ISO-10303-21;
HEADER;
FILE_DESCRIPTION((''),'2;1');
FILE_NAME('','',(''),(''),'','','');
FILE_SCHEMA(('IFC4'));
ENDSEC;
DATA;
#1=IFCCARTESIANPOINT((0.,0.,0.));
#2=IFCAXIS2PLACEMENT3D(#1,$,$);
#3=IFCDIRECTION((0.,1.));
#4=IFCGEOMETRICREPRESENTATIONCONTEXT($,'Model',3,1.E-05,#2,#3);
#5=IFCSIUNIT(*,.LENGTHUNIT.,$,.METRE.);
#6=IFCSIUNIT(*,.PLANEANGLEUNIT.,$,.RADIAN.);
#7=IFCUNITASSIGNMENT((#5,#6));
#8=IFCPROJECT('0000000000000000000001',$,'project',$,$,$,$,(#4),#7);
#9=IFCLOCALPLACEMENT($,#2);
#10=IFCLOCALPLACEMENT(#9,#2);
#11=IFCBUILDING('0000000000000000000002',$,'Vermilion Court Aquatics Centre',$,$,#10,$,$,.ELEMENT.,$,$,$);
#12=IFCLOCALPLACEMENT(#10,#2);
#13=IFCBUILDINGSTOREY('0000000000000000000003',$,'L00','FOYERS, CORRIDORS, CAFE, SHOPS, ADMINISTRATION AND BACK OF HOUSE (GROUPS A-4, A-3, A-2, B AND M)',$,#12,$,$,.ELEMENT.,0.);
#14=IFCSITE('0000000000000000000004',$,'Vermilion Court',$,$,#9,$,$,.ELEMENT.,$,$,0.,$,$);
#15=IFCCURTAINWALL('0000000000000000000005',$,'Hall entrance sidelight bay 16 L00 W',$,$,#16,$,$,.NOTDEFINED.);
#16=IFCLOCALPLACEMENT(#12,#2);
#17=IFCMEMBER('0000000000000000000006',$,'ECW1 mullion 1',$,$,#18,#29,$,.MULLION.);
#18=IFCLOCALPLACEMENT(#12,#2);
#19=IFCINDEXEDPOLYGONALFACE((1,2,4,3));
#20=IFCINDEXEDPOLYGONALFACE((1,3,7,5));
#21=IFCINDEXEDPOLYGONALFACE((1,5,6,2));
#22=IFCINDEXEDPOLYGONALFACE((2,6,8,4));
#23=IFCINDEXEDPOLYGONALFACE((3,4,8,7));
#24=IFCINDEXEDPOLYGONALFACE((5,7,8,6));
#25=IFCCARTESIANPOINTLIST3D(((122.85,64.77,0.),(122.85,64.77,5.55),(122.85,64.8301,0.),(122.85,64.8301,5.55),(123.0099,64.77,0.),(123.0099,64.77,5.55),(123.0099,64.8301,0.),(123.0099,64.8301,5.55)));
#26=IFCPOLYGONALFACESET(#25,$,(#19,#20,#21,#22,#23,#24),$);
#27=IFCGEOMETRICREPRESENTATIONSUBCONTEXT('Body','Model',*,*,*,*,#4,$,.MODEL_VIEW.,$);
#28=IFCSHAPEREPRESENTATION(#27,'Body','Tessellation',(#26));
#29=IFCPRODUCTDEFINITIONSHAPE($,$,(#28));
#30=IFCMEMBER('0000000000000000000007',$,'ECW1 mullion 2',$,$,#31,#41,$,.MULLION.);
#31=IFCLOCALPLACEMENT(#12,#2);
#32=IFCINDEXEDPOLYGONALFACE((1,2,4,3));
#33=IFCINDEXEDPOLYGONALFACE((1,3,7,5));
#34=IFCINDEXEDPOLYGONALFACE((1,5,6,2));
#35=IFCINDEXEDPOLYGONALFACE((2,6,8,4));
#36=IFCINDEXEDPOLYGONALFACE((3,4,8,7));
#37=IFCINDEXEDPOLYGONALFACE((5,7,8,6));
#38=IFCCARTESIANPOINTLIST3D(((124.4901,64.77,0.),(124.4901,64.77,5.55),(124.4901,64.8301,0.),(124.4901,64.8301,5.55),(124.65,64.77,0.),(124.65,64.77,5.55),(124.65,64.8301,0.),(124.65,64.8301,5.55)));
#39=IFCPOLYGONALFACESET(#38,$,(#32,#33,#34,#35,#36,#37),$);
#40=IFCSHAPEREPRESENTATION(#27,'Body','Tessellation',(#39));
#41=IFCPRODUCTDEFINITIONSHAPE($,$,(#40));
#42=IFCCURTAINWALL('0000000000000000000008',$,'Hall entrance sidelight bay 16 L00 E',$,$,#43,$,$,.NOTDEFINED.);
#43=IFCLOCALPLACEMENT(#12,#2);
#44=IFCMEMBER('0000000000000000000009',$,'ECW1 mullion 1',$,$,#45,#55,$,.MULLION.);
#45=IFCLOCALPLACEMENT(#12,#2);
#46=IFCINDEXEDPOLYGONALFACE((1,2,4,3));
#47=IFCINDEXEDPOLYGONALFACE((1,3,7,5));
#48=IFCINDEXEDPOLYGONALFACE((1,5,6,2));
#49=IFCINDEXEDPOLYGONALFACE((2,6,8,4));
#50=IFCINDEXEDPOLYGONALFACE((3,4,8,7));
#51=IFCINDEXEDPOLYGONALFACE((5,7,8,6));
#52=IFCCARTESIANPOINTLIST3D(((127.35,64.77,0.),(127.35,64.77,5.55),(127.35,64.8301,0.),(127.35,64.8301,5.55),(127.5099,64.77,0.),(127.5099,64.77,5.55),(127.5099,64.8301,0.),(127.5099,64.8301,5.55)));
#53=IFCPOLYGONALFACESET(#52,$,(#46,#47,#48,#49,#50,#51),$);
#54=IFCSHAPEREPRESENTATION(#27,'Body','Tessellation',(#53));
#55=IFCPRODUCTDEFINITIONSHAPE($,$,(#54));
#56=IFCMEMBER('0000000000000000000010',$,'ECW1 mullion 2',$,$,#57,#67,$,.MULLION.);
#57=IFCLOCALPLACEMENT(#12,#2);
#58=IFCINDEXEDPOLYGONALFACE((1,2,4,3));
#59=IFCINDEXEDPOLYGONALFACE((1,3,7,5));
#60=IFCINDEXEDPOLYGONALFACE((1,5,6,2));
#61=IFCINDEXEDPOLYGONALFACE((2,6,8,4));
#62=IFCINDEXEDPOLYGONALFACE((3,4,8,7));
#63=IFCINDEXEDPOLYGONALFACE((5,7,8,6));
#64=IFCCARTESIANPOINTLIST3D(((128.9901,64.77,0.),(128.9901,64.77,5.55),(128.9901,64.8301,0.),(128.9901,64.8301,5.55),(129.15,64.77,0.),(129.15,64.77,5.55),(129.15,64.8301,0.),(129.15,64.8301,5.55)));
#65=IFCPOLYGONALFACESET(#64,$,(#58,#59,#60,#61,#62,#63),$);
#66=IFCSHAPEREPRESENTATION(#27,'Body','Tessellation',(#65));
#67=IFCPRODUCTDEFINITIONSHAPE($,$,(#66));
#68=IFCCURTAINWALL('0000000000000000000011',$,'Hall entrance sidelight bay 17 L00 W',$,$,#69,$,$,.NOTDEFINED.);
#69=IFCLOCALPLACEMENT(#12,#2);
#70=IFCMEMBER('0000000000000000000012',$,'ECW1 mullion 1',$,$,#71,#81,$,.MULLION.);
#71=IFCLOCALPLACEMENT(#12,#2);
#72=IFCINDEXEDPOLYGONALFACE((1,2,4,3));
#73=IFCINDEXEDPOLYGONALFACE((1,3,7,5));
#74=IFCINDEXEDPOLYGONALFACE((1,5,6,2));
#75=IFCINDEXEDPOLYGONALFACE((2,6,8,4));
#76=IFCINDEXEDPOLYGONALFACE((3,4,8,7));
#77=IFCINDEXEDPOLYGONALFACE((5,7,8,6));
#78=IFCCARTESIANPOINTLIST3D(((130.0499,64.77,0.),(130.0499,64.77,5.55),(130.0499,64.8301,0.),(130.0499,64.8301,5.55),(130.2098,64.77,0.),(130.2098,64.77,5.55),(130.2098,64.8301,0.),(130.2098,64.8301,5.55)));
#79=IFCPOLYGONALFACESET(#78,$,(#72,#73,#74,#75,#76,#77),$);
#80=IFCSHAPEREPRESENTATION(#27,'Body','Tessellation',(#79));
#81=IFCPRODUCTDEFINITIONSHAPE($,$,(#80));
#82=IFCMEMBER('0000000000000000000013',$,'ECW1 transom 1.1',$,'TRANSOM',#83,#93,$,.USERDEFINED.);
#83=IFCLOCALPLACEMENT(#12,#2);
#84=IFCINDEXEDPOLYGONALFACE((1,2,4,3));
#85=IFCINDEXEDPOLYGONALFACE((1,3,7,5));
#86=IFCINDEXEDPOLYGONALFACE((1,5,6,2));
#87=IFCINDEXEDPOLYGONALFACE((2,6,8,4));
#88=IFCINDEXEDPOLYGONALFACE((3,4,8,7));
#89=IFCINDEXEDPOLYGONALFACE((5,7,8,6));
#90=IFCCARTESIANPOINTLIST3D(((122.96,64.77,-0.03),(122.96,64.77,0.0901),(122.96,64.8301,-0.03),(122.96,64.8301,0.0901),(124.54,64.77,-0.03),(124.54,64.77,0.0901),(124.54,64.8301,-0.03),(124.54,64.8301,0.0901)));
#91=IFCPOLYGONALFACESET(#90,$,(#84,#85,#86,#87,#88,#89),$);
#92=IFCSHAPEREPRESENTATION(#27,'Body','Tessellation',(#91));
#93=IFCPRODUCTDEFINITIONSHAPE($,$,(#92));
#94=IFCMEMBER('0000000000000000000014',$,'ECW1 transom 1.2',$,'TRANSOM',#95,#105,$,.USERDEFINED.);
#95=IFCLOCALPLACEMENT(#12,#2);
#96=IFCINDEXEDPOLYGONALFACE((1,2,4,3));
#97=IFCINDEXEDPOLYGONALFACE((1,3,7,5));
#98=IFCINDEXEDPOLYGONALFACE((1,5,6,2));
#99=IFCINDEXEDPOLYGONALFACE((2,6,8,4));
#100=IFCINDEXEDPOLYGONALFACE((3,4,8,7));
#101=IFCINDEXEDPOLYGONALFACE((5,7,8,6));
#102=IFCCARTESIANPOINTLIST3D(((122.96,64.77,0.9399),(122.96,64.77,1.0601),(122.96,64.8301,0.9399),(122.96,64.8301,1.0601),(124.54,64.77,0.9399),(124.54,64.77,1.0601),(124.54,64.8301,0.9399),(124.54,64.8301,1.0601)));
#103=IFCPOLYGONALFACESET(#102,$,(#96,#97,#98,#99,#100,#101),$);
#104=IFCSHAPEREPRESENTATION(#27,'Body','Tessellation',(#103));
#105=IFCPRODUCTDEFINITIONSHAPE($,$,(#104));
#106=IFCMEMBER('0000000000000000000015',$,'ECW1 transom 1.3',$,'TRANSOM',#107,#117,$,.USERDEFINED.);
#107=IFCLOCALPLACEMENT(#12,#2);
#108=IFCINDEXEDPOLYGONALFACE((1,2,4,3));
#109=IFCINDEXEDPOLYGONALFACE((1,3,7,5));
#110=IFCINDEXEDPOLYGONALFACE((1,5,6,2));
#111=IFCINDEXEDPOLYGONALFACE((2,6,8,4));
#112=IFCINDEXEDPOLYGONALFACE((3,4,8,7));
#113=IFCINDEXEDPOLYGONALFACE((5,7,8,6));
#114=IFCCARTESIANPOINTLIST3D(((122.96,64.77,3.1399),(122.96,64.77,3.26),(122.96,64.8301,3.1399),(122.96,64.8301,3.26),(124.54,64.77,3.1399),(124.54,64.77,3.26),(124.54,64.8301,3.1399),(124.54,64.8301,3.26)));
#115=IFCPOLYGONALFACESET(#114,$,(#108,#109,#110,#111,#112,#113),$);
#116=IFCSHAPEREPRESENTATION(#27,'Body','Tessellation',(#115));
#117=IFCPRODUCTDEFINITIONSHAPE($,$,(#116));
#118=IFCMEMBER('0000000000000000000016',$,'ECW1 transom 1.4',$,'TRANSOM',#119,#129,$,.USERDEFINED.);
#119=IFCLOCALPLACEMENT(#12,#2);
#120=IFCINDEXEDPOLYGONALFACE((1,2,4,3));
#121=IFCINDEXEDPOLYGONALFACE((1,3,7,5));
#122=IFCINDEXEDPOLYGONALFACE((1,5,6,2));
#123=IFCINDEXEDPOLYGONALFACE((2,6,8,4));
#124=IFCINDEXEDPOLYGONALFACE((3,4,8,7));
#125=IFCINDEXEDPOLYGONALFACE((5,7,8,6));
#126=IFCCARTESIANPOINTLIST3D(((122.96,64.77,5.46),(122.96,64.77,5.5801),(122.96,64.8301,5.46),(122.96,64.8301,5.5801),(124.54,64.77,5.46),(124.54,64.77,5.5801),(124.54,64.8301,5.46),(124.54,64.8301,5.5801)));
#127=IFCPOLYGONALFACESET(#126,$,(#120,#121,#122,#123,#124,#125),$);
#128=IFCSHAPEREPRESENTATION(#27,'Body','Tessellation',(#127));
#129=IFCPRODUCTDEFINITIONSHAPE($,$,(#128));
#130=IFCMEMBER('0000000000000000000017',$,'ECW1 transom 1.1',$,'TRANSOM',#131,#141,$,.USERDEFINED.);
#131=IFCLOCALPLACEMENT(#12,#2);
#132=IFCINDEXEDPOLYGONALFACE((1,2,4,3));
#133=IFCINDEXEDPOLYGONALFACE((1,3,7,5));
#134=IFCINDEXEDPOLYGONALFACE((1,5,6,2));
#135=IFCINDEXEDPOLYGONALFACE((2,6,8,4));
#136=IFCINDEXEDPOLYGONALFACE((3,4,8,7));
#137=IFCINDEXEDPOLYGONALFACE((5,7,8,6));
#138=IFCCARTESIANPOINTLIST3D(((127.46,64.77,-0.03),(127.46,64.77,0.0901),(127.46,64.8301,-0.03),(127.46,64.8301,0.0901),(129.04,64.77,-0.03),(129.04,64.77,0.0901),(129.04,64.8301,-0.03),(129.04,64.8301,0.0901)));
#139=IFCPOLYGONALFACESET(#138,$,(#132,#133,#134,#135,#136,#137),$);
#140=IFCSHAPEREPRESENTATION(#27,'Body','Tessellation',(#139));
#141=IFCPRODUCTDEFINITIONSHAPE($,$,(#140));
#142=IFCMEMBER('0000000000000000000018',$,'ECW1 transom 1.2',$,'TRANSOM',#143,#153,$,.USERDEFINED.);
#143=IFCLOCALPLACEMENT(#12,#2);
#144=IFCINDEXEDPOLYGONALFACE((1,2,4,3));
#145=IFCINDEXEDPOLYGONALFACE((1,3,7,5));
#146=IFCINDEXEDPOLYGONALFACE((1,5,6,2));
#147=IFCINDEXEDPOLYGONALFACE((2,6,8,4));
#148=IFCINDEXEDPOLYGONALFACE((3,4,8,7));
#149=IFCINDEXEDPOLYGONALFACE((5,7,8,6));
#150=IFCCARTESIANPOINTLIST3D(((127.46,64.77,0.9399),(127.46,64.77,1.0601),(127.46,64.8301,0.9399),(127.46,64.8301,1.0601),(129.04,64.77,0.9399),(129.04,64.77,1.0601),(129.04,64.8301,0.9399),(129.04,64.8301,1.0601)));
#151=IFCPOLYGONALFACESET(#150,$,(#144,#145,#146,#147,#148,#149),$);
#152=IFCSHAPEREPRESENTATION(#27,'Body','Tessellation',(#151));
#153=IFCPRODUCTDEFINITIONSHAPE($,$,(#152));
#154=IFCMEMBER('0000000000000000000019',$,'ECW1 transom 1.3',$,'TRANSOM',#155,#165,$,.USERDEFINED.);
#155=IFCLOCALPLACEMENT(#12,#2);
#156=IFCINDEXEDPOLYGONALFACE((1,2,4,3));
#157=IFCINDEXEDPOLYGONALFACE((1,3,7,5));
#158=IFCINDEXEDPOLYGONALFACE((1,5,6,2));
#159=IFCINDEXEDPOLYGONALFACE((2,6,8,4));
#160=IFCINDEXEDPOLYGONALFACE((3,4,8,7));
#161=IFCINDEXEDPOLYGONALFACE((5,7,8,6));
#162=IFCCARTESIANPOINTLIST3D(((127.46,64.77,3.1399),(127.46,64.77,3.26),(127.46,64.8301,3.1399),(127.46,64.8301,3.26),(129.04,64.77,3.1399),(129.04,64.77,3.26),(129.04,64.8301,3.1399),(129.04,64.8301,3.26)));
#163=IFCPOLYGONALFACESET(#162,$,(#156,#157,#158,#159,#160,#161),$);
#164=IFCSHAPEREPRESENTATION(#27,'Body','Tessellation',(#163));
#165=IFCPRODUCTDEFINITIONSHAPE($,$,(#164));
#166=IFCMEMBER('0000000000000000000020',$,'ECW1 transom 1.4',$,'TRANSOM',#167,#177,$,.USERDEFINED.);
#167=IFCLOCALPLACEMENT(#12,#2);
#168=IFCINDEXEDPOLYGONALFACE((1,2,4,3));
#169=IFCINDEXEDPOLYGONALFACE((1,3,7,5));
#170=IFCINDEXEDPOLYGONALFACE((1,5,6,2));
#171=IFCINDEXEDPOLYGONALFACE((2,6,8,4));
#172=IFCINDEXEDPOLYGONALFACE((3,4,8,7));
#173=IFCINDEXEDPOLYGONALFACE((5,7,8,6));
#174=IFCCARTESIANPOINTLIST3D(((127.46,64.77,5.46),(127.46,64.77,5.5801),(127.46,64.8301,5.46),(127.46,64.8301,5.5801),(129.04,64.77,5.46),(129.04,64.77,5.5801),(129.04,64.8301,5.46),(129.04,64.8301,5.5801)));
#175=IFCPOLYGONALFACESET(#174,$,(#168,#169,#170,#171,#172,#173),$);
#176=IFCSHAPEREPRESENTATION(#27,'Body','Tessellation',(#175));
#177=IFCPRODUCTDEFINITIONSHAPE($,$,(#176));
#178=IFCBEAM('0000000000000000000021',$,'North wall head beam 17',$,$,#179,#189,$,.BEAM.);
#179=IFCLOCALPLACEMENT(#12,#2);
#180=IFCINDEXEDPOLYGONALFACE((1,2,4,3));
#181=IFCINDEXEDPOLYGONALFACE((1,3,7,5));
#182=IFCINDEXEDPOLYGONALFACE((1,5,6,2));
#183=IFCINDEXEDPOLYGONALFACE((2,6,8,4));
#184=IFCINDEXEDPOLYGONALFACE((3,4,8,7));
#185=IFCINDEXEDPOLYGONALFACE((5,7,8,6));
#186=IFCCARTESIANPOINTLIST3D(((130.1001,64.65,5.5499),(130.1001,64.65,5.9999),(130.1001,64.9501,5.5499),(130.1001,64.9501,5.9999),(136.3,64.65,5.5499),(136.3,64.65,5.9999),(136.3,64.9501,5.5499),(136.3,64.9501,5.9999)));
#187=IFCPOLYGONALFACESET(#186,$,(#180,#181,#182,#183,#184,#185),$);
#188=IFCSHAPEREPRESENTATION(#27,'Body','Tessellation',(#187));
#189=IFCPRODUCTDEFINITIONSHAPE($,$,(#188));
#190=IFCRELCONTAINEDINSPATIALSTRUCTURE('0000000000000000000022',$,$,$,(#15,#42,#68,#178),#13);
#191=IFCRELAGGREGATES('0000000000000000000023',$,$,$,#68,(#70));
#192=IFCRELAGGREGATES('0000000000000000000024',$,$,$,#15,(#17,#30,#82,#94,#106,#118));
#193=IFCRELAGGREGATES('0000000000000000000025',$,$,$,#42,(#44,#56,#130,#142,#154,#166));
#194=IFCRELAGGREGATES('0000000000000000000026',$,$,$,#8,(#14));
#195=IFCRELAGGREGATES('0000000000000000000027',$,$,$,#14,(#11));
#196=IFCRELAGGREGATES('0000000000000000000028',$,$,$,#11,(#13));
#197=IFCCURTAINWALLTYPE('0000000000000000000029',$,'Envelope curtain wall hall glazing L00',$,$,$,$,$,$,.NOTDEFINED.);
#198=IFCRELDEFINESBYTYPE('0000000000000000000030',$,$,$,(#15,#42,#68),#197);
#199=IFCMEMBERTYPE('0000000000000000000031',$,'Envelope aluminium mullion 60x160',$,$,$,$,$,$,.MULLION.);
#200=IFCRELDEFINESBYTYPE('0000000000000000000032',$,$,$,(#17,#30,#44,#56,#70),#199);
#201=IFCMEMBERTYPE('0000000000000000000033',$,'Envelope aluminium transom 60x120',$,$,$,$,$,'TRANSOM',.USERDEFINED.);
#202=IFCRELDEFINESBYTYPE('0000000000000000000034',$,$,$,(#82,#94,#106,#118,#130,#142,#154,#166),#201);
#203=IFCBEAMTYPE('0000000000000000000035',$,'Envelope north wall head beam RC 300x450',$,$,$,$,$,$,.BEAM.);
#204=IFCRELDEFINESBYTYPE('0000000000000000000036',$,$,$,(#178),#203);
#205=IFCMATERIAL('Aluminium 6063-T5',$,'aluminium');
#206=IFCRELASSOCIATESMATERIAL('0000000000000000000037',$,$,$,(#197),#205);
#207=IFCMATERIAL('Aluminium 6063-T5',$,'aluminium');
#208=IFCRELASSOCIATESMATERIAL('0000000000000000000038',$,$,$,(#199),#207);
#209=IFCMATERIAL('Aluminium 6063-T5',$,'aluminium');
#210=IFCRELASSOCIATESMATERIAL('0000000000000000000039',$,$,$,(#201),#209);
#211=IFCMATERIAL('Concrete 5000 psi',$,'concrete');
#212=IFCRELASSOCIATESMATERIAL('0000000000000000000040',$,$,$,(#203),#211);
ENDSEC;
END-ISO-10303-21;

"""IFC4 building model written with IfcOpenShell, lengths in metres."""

from ifc_helpers import new_model, si_unit, direction, frame, origin, origin_2d, place, context, subcontext, project, spatial, rectangle, extrude, material, material_profile, profile_set, type_object, element, aggregate, save


model = new_model("IFC4")

# Units and contexts
model_context = context("Model", 3, precision=1e-05, world=origin(), true_north=direction((0.0, 1.0)))
body_context = subcontext(model_context, "Body", "Model", "MODEL_VIEW")
ifc_project = project(units=[si_unit("LENGTHUNIT", "METRE"), si_unit("PLANEANGLEUNIT", "RADIAN")], contexts=[model_context])

# Site, building, storey
site_placement = place(None, origin())
site = spatial("IfcSite", under=ifc_project, at=site_placement, Name="Vermilion Court", CompositionType="ELEMENT", RefElevation=0.0)
building_placement = place(site_placement, origin())
building = spatial("IfcBuilding", under=site, at=building_placement, Name="Vermilion Court Aquatics Centre", CompositionType="ELEMENT")
storey_placement = place(building_placement, origin())
storey = spatial("IfcBuildingStorey", under=building, at=storey_placement, Name="L00", Description="FOYERS, CORRIDORS, CAFE, SHOPS, ADMINISTRATION AND BACK OF HOUSE (GROUPS A-4, A-3, A-2, B AND M)", CompositionType="ELEMENT", Elevation=0.0)

# Curtain walls, members
ifc_material_1 = material(Name="Aluminium 6063-T5", Category="aluminium")
curtain_wall_type = type_object("IfcCurtainWallType", Name="Envelope curtain wall hall glazing L00", PredefinedType="NOTDEFINED", material=ifc_material_1)
curtain_wall_1_placement = place(storey_placement, origin())
curtain_wall_1 = element("IfcCurtainWall", 1, at=curtain_wall_1_placement, inside=storey, type_object=curtain_wall_type, Name="Hall entrance sidelight bay 16 L00 W", PredefinedType="NOTDEFINED")
ifc_material_2 = material(Name="Aluminium 6063-T5", Category="aluminium")
ifc_material_profile_1 = material_profile(ifc_material_2, rectangle(XDim=0.0601, YDim=0.1599, at=origin_2d()), Name="AL 60x160")
ifc_profile_set_1 = profile_set([ifc_material_profile_1], Name="Aluminium 6063-T5")
member_type_1 = type_object("IfcMemberType", Name="Envelope aluminium mullion 60x160", PredefinedType="MULLION", material=ifc_profile_set_1)
member_1_placement = place(storey_placement, frame((122.9299, 64.8, 0.0), z_axis=(0.0, 0.0, 1.0), x_axis=(0.0, 1.0, 0.0)))
member_1 = element("IfcMember", 2, at=member_1_placement, type_object=member_type_1, Name="ECW1 mullion 1", PredefinedType="MULLION", context=body_context, shape_type="SweptSolid", body=[
    extrude(rectangle(XDim=0.0601, YDim=0.1599, at=origin_2d()), origin(), (0.0, 0.0, 1.0), 5.55),
])
member_2_placement = place(storey_placement, frame((124.5701, 64.8, 0.0), z_axis=(0.0, 0.0, 1.0), x_axis=(0.0, 1.0, 0.0)))
member_2 = element("IfcMember", 3, at=member_2_placement, type_object=member_type_1, Name="ECW1 mullion 2", PredefinedType="MULLION", context=body_context, shape_type="SweptSolid", body=[
    extrude(rectangle(XDim=0.0601, YDim=0.1599, at=origin_2d()), origin(), (0.0, 0.0, 1.0), 5.55),
])
curtain_wall_2_placement = place(storey_placement, origin())
curtain_wall_2 = element("IfcCurtainWall", 4, at=curtain_wall_2_placement, inside=storey, type_object=curtain_wall_type, Name="Hall entrance sidelight bay 16 L00 E", PredefinedType="NOTDEFINED")
member_3_placement = place(storey_placement, frame((127.4299, 64.8, 0.0), z_axis=(0.0, 0.0, 1.0), x_axis=(0.0, 1.0, 0.0)))
member_3 = element("IfcMember", 5, at=member_3_placement, type_object=member_type_1, Name="ECW1 mullion 1", PredefinedType="MULLION", context=body_context, shape_type="SweptSolid", body=[
    extrude(rectangle(XDim=0.0601, YDim=0.1599, at=origin_2d()), origin(), (0.0, 0.0, 1.0), 5.55),
])
member_4_placement = place(storey_placement, frame((129.0701, 64.8, 0.0), z_axis=(0.0, 0.0, 1.0), x_axis=(0.0, 1.0, 0.0)))
member_4 = element("IfcMember", 6, at=member_4_placement, type_object=member_type_1, Name="ECW1 mullion 2", PredefinedType="MULLION", context=body_context, shape_type="SweptSolid", body=[
    extrude(rectangle(XDim=0.0601, YDim=0.1599, at=origin_2d()), origin(), (0.0, 0.0, 1.0), 5.55),
])

# Curtain wall, member
curtain_wall_3_placement = place(storey_placement, origin())
curtain_wall_3 = element("IfcCurtainWall", 7, at=curtain_wall_3_placement, inside=storey, type_object=curtain_wall_type, Name="Hall entrance sidelight bay 17 L00 W", PredefinedType="NOTDEFINED")
member_5_placement = place(storey_placement, frame((130.1299, 64.8, 0.0), z_axis=(0.0, 0.0, 1.0), x_axis=(0.0, 1.0, 0.0)))
member_5 = element("IfcMember", 8, at=member_5_placement, type_object=member_type_1, Name="ECW1 mullion 1", PredefinedType="MULLION", context=body_context, shape_type="SweptSolid", body=[
    extrude(rectangle(XDim=0.0601, YDim=0.1599, at=origin_2d()), origin(), (0.0, 0.0, 1.0), 5.55),
])
aggregate(curtain_wall_3, [member_5])

# Members
ifc_material_3 = material(Name="Aluminium 6063-T5", Category="aluminium")
ifc_material_profile_2 = material_profile(ifc_material_3, rectangle(XDim=0.0601, YDim=0.1201, at=origin_2d()), Name="AL 60x120")
ifc_profile_set_2 = profile_set([ifc_material_profile_2], Name="Aluminium 6063-T5")
member_type_2 = type_object("IfcMemberType", Name="Envelope aluminium transom 60x120", ElementType="TRANSOM", PredefinedType="USERDEFINED", material=ifc_profile_set_2)
member_6_placement = place(storey_placement, frame((122.96, 64.8, 0.03), z_axis=(1.0, 0.0, 0.0), x_axis=(0.0, 1.0, 0.0)))
member_6 = element("IfcMember", 9, at=member_6_placement, type_object=member_type_2, Name="ECW1 transom 1.1", ObjectType="TRANSOM", PredefinedType="USERDEFINED", context=body_context, shape_type="SweptSolid", body=[
    extrude(rectangle(XDim=0.0601, YDim=0.1201, at=origin_2d()), origin(), (0.0, 0.0, 1.0), 1.5801),
])
member_7_placement = place(storey_placement, frame((122.96, 64.8, 1.0), z_axis=(1.0, 0.0, 0.0), x_axis=(0.0, 1.0, 0.0)))
member_7 = element("IfcMember", 10, at=member_7_placement, type_object=member_type_2, Name="ECW1 transom 1.2", ObjectType="TRANSOM", PredefinedType="USERDEFINED", context=body_context, shape_type="SweptSolid", body=[
    extrude(rectangle(XDim=0.0601, YDim=0.1201, at=origin_2d()), origin(), (0.0, 0.0, 1.0), 1.5801),
])
member_8_placement = place(storey_placement, frame((122.96, 64.8, 3.2), z_axis=(1.0, 0.0, 0.0), x_axis=(0.0, 1.0, 0.0)))
member_8 = element("IfcMember", 11, at=member_8_placement, type_object=member_type_2, Name="ECW1 transom 1.3", ObjectType="TRANSOM", PredefinedType="USERDEFINED", context=body_context, shape_type="SweptSolid", body=[
    extrude(rectangle(XDim=0.0601, YDim=0.1201, at=origin_2d()), origin(), (0.0, 0.0, 1.0), 1.5801),
])
member_9_placement = place(storey_placement, frame((122.96, 64.8, 5.52), z_axis=(1.0, 0.0, 0.0), x_axis=(0.0, 1.0, 0.0)))
member_9 = element("IfcMember", 12, at=member_9_placement, type_object=member_type_2, Name="ECW1 transom 1.4", ObjectType="TRANSOM", PredefinedType="USERDEFINED", context=body_context, shape_type="SweptSolid", body=[
    extrude(rectangle(XDim=0.0601, YDim=0.1201, at=origin_2d()), origin(), (0.0, 0.0, 1.0), 1.5801),
])
member_10_placement = place(storey_placement, frame((127.46, 64.8, 0.03), z_axis=(1.0, 0.0, 0.0), x_axis=(0.0, 1.0, 0.0)))
member_10 = element("IfcMember", 13, at=member_10_placement, type_object=member_type_2, Name="ECW1 transom 1.1", ObjectType="TRANSOM", PredefinedType="USERDEFINED", context=body_context, shape_type="SweptSolid", body=[
    extrude(rectangle(XDim=0.0601, YDim=0.1201, at=origin_2d()), origin(), (0.0, 0.0, 1.0), 1.5801),
])
member_11_placement = place(storey_placement, frame((127.46, 64.8, 1.0), z_axis=(1.0, 0.0, 0.0), x_axis=(0.0, 1.0, 0.0)))
member_11 = element("IfcMember", 14, at=member_11_placement, type_object=member_type_2, Name="ECW1 transom 1.2", ObjectType="TRANSOM", PredefinedType="USERDEFINED", context=body_context, shape_type="SweptSolid", body=[
    extrude(rectangle(XDim=0.0601, YDim=0.1201, at=origin_2d()), origin(), (0.0, 0.0, 1.0), 1.5801),
])
member_12_placement = place(storey_placement, frame((127.46, 64.8, 3.2), z_axis=(1.0, 0.0, 0.0), x_axis=(0.0, 1.0, 0.0)))
member_12 = element("IfcMember", 15, at=member_12_placement, type_object=member_type_2, Name="ECW1 transom 1.3", ObjectType="TRANSOM", PredefinedType="USERDEFINED", context=body_context, shape_type="SweptSolid", body=[
    extrude(rectangle(XDim=0.0601, YDim=0.1201, at=origin_2d()), origin(), (0.0, 0.0, 1.0), 1.5801),
])
member_13_placement = place(storey_placement, frame((127.46, 64.8, 5.52), z_axis=(1.0, 0.0, 0.0), x_axis=(0.0, 1.0, 0.0)))
member_13 = element("IfcMember", 16, at=member_13_placement, type_object=member_type_2, Name="ECW1 transom 1.4", ObjectType="TRANSOM", PredefinedType="USERDEFINED", context=body_context, shape_type="SweptSolid", body=[
    extrude(rectangle(XDim=0.0601, YDim=0.1201, at=origin_2d()), origin(), (0.0, 0.0, 1.0), 1.5801),
])

# Beam
ifc_material_4 = material(Name="Concrete 5000 psi", Category="concrete")
ifc_material_profile_3 = material_profile(ifc_material_4, rectangle(XDim=0.3, YDim=0.45, at=origin_2d()), Name="RC 300x450")
ifc_profile_set_3 = profile_set([ifc_material_profile_3], Name="Concrete 5000 psi")
beam_type = type_object("IfcBeamType", Name="Envelope north wall head beam RC 300x450", PredefinedType="BEAM", material=ifc_profile_set_3)
beam_placement = place(storey_placement, frame((130.1001, 64.8, 5.7749), z_axis=(1.0, 0.0, 0.0), x_axis=(0.0, 1.0, 0.0)))
element("IfcBeam", 17, at=beam_placement, inside=storey, type_object=beam_type, Name="North wall head beam 17", PredefinedType="BEAM", context=body_context, shape_type="SweptSolid", body=[
    extrude(rectangle(XDim=0.3, YDim=0.45, at=origin_2d()), origin(), (0.0, 0.0, 1.0), 6.2),
])

aggregate(curtain_wall_1, [member_1, member_2, member_6, member_7, member_8, member_9])
aggregate(curtain_wall_2, [member_3, member_4, member_10, member_11, member_12, member_13])

save(model, "model.ifc")
